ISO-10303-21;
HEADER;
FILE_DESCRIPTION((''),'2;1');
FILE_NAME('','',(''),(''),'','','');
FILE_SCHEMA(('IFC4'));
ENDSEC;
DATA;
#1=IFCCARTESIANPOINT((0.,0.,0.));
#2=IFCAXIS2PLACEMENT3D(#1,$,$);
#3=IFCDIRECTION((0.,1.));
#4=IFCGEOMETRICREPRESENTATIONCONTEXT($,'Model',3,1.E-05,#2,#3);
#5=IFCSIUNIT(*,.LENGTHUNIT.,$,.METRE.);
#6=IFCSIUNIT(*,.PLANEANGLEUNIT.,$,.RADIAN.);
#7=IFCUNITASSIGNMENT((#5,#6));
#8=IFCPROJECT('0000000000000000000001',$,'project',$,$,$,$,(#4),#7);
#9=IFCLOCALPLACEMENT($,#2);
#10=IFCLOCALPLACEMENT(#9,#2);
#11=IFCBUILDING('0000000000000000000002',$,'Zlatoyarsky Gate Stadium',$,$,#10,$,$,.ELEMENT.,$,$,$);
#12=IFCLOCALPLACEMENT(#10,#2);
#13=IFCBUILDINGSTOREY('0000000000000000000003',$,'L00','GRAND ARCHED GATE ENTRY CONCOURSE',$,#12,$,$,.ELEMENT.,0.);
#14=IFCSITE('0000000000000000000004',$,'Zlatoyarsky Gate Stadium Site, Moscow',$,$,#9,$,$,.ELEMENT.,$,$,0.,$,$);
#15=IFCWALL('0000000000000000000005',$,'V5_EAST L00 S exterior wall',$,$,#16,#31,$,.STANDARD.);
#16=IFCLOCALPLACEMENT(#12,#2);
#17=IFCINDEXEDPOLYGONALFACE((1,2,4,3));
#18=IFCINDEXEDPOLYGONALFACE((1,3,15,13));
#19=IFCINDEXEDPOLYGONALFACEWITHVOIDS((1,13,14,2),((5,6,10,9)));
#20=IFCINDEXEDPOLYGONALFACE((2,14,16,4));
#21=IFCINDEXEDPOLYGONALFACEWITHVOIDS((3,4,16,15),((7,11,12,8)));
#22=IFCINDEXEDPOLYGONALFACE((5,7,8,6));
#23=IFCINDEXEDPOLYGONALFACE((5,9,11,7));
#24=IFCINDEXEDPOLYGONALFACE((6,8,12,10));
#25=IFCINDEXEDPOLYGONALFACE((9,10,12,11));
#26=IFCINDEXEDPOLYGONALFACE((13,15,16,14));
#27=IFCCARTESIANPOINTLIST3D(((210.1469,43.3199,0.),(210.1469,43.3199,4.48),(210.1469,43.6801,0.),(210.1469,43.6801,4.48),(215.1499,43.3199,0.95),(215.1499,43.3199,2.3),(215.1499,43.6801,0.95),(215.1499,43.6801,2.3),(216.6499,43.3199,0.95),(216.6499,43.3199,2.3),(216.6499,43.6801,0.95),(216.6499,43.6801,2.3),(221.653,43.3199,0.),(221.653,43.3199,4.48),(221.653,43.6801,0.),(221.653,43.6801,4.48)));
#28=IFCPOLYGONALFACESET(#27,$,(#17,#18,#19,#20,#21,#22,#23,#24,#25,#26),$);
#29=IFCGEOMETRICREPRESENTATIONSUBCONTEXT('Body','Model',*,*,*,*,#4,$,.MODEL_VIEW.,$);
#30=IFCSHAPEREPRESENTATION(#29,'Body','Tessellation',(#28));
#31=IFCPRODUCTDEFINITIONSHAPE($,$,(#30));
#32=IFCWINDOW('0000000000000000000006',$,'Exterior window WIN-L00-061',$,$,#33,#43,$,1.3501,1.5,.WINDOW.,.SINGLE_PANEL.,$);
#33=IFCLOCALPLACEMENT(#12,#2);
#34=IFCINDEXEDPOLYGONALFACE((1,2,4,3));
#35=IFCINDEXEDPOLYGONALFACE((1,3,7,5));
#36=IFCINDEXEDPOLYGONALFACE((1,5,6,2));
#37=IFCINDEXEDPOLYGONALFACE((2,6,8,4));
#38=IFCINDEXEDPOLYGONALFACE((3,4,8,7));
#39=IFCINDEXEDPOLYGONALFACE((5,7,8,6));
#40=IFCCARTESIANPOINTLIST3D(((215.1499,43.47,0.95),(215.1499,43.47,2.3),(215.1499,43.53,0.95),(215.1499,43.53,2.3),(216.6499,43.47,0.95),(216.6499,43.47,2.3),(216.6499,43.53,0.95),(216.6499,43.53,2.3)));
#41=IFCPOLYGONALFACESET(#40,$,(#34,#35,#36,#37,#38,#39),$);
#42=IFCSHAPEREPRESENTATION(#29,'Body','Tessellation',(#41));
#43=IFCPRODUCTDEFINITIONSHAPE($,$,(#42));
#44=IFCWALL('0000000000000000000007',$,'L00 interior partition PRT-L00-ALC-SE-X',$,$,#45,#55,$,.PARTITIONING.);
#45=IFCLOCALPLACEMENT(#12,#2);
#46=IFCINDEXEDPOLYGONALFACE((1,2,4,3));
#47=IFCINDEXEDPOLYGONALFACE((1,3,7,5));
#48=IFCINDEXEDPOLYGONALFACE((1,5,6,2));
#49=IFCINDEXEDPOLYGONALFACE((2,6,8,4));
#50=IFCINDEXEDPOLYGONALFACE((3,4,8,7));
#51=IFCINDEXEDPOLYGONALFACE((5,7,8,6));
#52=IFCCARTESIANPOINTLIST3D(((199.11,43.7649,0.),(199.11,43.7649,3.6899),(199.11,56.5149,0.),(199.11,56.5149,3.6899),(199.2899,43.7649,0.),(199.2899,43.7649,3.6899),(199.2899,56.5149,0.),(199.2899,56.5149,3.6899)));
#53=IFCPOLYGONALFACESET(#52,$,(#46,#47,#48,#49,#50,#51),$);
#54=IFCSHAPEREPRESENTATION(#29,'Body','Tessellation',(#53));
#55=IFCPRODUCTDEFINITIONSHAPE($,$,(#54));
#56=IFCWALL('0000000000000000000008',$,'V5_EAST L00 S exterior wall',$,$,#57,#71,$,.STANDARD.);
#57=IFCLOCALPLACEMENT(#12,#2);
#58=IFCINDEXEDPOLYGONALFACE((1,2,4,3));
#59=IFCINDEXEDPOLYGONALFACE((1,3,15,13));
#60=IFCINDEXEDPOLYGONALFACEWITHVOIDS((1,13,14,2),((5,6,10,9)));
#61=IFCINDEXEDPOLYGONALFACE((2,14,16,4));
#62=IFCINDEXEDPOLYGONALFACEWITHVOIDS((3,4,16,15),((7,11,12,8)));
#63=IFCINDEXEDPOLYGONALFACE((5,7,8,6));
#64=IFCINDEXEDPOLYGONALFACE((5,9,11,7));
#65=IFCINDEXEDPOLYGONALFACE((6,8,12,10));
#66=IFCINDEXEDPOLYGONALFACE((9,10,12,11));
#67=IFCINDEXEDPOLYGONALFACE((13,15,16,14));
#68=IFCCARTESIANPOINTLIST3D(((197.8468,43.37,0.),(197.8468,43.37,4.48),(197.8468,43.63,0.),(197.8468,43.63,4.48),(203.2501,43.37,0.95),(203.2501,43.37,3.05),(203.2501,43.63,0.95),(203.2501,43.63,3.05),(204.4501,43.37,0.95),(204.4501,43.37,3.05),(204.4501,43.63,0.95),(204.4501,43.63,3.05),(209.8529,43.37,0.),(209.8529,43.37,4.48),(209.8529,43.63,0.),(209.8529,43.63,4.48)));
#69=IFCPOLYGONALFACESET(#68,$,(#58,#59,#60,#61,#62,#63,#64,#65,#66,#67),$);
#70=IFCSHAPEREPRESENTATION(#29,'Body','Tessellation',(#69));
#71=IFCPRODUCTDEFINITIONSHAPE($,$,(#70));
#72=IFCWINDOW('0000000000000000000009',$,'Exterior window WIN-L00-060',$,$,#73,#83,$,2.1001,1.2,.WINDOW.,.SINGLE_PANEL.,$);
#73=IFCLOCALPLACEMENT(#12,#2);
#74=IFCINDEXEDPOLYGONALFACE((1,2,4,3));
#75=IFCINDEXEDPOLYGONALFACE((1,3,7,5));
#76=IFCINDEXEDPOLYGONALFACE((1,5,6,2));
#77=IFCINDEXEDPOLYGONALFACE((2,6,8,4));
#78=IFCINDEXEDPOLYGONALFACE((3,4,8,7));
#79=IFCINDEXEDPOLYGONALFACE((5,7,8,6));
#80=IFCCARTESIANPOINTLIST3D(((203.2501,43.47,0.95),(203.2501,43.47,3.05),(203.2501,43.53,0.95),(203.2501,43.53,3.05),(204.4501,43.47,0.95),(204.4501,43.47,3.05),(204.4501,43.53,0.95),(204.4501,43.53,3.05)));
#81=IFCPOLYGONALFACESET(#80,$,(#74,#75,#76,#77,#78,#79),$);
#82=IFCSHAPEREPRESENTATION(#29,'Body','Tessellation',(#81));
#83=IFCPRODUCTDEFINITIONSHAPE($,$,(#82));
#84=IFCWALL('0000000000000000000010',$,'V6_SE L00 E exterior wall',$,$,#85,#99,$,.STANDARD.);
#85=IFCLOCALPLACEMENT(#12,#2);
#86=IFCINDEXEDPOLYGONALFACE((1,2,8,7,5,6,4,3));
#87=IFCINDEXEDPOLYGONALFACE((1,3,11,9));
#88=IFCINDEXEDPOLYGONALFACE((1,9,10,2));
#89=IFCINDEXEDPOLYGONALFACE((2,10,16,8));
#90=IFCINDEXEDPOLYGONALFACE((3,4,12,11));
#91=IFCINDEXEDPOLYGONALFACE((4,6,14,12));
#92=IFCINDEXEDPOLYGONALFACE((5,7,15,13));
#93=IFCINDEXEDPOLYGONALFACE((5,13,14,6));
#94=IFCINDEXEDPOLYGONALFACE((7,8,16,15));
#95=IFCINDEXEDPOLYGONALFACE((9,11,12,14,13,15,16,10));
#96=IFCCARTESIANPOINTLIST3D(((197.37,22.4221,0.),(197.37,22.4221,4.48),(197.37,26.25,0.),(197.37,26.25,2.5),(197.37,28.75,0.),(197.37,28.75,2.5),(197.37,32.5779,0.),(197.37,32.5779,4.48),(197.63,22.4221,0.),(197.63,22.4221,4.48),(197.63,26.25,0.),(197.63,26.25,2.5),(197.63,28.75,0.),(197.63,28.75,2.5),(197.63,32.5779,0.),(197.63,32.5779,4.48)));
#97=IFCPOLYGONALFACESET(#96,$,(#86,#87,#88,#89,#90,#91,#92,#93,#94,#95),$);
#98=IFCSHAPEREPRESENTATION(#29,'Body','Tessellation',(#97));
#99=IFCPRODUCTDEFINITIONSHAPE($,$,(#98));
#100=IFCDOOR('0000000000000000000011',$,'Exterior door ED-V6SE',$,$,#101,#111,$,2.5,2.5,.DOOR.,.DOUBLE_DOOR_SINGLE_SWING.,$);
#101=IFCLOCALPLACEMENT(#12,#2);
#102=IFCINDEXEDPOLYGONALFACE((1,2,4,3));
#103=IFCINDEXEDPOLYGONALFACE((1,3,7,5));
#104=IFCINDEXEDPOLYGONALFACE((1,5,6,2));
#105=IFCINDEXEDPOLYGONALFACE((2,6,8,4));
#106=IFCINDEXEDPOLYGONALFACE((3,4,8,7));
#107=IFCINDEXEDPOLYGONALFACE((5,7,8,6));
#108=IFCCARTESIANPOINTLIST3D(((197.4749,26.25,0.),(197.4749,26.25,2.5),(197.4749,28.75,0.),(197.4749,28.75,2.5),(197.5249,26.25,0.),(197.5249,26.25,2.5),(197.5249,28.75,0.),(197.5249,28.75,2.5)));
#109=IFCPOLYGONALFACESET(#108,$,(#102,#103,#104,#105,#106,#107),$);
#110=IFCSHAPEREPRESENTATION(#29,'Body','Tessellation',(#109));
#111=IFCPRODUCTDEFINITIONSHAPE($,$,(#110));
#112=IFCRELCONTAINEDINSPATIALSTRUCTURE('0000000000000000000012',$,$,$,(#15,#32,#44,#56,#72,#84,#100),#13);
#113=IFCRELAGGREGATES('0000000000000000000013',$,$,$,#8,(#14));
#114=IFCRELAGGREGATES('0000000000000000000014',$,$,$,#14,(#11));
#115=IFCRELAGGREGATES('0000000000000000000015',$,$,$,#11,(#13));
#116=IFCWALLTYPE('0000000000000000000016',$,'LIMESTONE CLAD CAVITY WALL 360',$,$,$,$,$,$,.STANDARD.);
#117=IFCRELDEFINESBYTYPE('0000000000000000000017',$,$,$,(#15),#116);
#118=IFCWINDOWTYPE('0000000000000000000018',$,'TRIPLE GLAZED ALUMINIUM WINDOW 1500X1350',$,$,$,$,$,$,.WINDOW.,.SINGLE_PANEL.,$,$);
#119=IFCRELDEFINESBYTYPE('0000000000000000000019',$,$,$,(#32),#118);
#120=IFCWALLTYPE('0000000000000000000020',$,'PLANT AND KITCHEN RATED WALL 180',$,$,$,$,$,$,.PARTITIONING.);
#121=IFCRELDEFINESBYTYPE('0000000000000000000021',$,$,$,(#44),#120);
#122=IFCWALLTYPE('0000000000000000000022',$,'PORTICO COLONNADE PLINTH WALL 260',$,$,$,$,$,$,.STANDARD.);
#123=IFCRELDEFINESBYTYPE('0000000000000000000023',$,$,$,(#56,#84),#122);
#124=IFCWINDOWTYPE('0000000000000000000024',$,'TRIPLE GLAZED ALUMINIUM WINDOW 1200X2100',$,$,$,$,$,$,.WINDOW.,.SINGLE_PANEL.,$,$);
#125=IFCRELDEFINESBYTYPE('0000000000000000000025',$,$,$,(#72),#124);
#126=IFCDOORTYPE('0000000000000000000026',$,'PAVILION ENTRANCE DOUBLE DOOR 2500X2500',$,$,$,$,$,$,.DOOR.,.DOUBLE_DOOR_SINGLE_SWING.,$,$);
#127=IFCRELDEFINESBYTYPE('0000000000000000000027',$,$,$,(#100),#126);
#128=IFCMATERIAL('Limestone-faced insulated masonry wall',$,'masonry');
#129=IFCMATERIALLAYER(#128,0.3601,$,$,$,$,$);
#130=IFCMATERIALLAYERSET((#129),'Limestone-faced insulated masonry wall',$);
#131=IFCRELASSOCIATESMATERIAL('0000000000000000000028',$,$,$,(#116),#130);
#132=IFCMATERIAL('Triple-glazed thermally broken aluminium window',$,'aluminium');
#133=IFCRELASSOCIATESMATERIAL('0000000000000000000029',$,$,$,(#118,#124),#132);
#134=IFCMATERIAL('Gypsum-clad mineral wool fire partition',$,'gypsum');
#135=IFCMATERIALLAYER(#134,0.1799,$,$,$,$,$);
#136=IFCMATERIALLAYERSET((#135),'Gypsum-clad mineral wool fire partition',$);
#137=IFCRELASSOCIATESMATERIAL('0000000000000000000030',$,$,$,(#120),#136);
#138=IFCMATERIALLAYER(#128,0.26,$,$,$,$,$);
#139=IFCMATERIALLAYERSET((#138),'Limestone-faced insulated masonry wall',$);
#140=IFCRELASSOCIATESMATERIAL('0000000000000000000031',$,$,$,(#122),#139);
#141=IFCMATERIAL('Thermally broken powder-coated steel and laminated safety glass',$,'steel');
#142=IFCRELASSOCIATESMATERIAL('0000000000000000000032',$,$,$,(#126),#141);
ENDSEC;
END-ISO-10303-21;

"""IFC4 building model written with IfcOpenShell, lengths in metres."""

from ifc_helpers import new_model, si_unit, direction, frame, frame_2d, origin, place, context, subcontext, project, spatial, rectangle, extrude, material, layer, layer_set, type_object, element, fill, save


model = new_model("IFC4")

# Units and contexts
model_context = context("Model", 3, precision=1e-05, world=origin(), true_north=direction((0.0, 1.0)))
body_context = subcontext(model_context, "Body", "Model", "MODEL_VIEW")
ifc_project = project(units=[si_unit("LENGTHUNIT", "METRE"), si_unit("PLANEANGLEUNIT", "RADIAN")], contexts=[model_context])

# Site, building, storey
site_placement = place(None, origin())
site = spatial("IfcSite", under=ifc_project, at=site_placement, Name="Zlatoyarsky Gate Stadium Site, Moscow", CompositionType="ELEMENT", RefElevation=0.0)
building_placement = place(site_placement, origin())
building = spatial("IfcBuilding", under=site, at=building_placement, Name="Zlatoyarsky Gate Stadium", CompositionType="ELEMENT")
storey_placement = place(building_placement, origin())
storey = spatial("IfcBuildingStorey", under=building, at=storey_placement, Name="L00", Description="GRAND ARCHED GATE ENTRY CONCOURSE", CompositionType="ELEMENT", Elevation=0.0)

# Wall, opening, window
ifc_material_1 = material(Name="Triple-glazed thermally broken aluminium window", Category="aluminium")
ifc_material_2 = material(Name="Limestone-faced insulated masonry wall", Category="masonry")
ifc_layer_1 = layer(ifc_material_2, 0.3601)
ifc_layer_set_1 = layer_set([ifc_layer_1], Name="Limestone-faced insulated masonry wall")
wall_type_1 = type_object("IfcWallType", Name="LIMESTONE CLAD CAVITY WALL 360", PredefinedType="STANDARD", material=ifc_layer_set_1)
wall_1_placement = place(storey_placement, frame((210.147, 43.5, 0.0), z_axis=(0.0, 0.0, 1.0), x_axis=(1.0, 0.0, 0.0)))
wall_1 = element("IfcWall", 1, at=wall_1_placement, inside=storey, type_object=wall_type_1, Name="V5_EAST L00 S exterior wall", PredefinedType="STANDARD", context=body_context, shape_type="SweptSolid", body=[
    extrude(rectangle(XDim=11.5061, YDim=0.3601, at=frame_2d((5.7529, 0.0))), origin(), (0.0, 0.0, 1.0), 4.48),
])
opening_1_placement = place(wall_1_placement, frame((5.0029, 0.0, 0.95)))
opening_1 = element("IfcOpeningElement", 2, at=opening_1_placement, cuts=wall_1, PredefinedType="OPENING", context=body_context, shape_type="SweptSolid", body=[
    extrude(rectangle(XDim=1.5, YDim=1.3501, at=frame_2d((0.75, 0.675))), frame((0.0, 0.1899, 0.0), z_axis=(0.0, -1.0, 0.0), x_axis=(1.0, 0.0, 0.0)), (0.0, 0.0, 1.0), 0.3801),
])
window_type_1 = type_object("IfcWindowType", Name="TRIPLE GLAZED ALUMINIUM WINDOW 1500X1350", PartitioningType="SINGLE_PANEL", PredefinedType="WINDOW", material=ifc_material_1)
window_1_placement = place(opening_1_placement, origin())
window_1 = element("IfcWindow", 3, at=window_1_placement, inside=storey, type_object=window_type_1, Name="Exterior window WIN-L00-061", OverallHeight=1.3501, OverallWidth=1.5, PartitioningType="SINGLE_PANEL", PredefinedType="WINDOW", context=body_context, shape_type="SweptSolid", body=[
    extrude(rectangle(XDim=1.5, YDim=1.3501, at=frame_2d((0.75, 0.675))), frame((0.0, 0.03, 0.0), z_axis=(0.0, -1.0, 0.0), x_axis=(1.0, 0.0, 0.0)), (0.0, 0.0, 1.0), 0.0601),
])
fill(opening_1, window_1)

# Wall
ifc_material_3 = material(Name="Gypsum-clad mineral wool fire partition", Category="gypsum")
ifc_layer_2 = layer(ifc_material_3, 0.1799)
ifc_layer_set_2 = layer_set([ifc_layer_2], Name="Gypsum-clad mineral wool fire partition")
wall_type_2 = type_object("IfcWallType", Name="PLANT AND KITCHEN RATED WALL 180", PredefinedType="PARTITIONING", material=ifc_layer_set_2)
wall_2_placement = place(storey_placement, frame((199.2, 43.7649, 0.0), z_axis=(0.0, 0.0, 1.0), x_axis=(0.0, 1.0, 0.0)))
element("IfcWall", 4, at=wall_2_placement, inside=storey, type_object=wall_type_2, Name="L00 interior partition PRT-L00-ALC-SE-X", PredefinedType="PARTITIONING", context=body_context, shape_type="SweptSolid", body=[
    extrude(rectangle(XDim=12.75, YDim=0.1799, at=frame_2d((6.375, 0.0))), origin(), (0.0, 0.0, 1.0), 3.6899),
])

# Wall, opening, window
ifc_layer_3 = layer(ifc_material_2, 0.26)
ifc_layer_set_3 = layer_set([ifc_layer_3], Name="Limestone-faced insulated masonry wall")
wall_type_3 = type_object("IfcWallType", Name="PORTICO COLONNADE PLINTH WALL 260", PredefinedType="STANDARD", material=ifc_layer_set_3)
wall_3_placement = place(storey_placement, frame((197.8469, 43.5, 0.0), z_axis=(0.0, 0.0, 1.0), x_axis=(1.0, 0.0, 0.0)))
wall_3 = element("IfcWall", 5, at=wall_3_placement, inside=storey, type_object=wall_type_3, Name="V5_EAST L00 S exterior wall", PredefinedType="STANDARD", context=body_context, shape_type="SweptSolid", body=[
    extrude(rectangle(XDim=12.0061, YDim=0.26, at=frame_2d((6.0029, 0.0))), origin(), (0.0, 0.0, 1.0), 4.48),
])
opening_2_placement = place(wall_3_placement, frame((5.4031, 0.0, 0.95)))
opening_2 = element("IfcOpeningElement", 6, at=opening_2_placement, cuts=wall_3, PredefinedType="OPENING", context=body_context, shape_type="SweptSolid", body=[
    extrude(rectangle(XDim=1.2, YDim=2.1001, at=frame_2d((0.6001, 1.05))), frame((0.0, 0.1399, 0.0), z_axis=(0.0, -1.0, 0.0), x_axis=(1.0, 0.0, 0.0)), (0.0, 0.0, 1.0), 0.28),
])
window_type_2 = type_object("IfcWindowType", Name="TRIPLE GLAZED ALUMINIUM WINDOW 1200X2100", PartitioningType="SINGLE_PANEL", PredefinedType="WINDOW", material=ifc_material_1)
window_2_placement = place(opening_2_placement, origin())
window_2 = element("IfcWindow", 7, at=window_2_placement, inside=storey, type_object=window_type_2, Name="Exterior window WIN-L00-060", OverallHeight=2.1001, OverallWidth=1.2, PartitioningType="SINGLE_PANEL", PredefinedType="WINDOW", context=body_context, shape_type="SweptSolid", body=[
    extrude(rectangle(XDim=1.2, YDim=2.1001, at=frame_2d((0.6001, 1.05))), frame((0.0, 0.03, 0.0), z_axis=(0.0, -1.0, 0.0), x_axis=(1.0, 0.0, 0.0)), (0.0, 0.0, 1.0), 0.0601),
])
fill(opening_2, window_2)

# Wall, opening, door
wall_4_placement = place(storey_placement, frame((197.5, 22.4221, 0.0), z_axis=(0.0, 0.0, 1.0), x_axis=(0.0, 1.0, 0.0)))
wall_4 = element("IfcWall", 8, at=wall_4_placement, inside=storey, type_object=wall_type_3, Name="V6_SE L00 E exterior wall", PredefinedType="STANDARD", context=body_context, shape_type="SweptSolid", body=[
    extrude(rectangle(XDim=10.1558, YDim=0.26, at=frame_2d((5.0779, 0.0))), origin(), (0.0, 0.0, 1.0), 4.48),
])
opening_3_placement = place(wall_4_placement, frame((3.8279, 0.0, 0.0)))
opening_3 = element("IfcOpeningElement", 9, at=opening_3_placement, cuts=wall_4, PredefinedType="OPENING", context=body_context, shape_type="SweptSolid", body=[
    extrude(rectangle(XDim=2.5, YDim=2.5, at=frame_2d((1.25, 1.25))), frame((0.0, 0.1399, 0.0), z_axis=(0.0, -1.0, 0.0), x_axis=(1.0, 0.0, 0.0)), (0.0, 0.0, 1.0), 0.28),
])
ifc_material_4 = material(Name="Thermally broken powder-coated steel and laminated safety glass", Category="steel")
door_type = type_object("IfcDoorType", Name="PAVILION ENTRANCE DOUBLE DOOR 2500X2500", OperationType="DOUBLE_DOOR_SINGLE_SWING", PredefinedType="DOOR", material=ifc_material_4)
door_placement = place(opening_3_placement, frame((2.5, 0.0, 0.0), z_axis=(0.0, 0.0, 1.0), x_axis=(-1.0, 0.0, 0.0)))
door = element("IfcDoor", 10, at=door_placement, inside=storey, type_object=door_type, Name="Exterior door ED-V6SE", OperationType="DOUBLE_DOOR_SINGLE_SWING", OverallHeight=2.5, OverallWidth=2.5, PredefinedType="DOOR", context=body_context, shape_type="SweptSolid", body=[
    extrude(rectangle(XDim=2.5, YDim=2.5, at=frame_2d((1.25, 1.25))), frame((0.0, 0.0249, 0.0), z_axis=(0.0, -1.0, 0.0), x_axis=(1.0, 0.0, 0.0)), (0.0, 0.0, 1.0), 0.05),
])
fill(opening_3, door)

save(model, "model.ifc")
